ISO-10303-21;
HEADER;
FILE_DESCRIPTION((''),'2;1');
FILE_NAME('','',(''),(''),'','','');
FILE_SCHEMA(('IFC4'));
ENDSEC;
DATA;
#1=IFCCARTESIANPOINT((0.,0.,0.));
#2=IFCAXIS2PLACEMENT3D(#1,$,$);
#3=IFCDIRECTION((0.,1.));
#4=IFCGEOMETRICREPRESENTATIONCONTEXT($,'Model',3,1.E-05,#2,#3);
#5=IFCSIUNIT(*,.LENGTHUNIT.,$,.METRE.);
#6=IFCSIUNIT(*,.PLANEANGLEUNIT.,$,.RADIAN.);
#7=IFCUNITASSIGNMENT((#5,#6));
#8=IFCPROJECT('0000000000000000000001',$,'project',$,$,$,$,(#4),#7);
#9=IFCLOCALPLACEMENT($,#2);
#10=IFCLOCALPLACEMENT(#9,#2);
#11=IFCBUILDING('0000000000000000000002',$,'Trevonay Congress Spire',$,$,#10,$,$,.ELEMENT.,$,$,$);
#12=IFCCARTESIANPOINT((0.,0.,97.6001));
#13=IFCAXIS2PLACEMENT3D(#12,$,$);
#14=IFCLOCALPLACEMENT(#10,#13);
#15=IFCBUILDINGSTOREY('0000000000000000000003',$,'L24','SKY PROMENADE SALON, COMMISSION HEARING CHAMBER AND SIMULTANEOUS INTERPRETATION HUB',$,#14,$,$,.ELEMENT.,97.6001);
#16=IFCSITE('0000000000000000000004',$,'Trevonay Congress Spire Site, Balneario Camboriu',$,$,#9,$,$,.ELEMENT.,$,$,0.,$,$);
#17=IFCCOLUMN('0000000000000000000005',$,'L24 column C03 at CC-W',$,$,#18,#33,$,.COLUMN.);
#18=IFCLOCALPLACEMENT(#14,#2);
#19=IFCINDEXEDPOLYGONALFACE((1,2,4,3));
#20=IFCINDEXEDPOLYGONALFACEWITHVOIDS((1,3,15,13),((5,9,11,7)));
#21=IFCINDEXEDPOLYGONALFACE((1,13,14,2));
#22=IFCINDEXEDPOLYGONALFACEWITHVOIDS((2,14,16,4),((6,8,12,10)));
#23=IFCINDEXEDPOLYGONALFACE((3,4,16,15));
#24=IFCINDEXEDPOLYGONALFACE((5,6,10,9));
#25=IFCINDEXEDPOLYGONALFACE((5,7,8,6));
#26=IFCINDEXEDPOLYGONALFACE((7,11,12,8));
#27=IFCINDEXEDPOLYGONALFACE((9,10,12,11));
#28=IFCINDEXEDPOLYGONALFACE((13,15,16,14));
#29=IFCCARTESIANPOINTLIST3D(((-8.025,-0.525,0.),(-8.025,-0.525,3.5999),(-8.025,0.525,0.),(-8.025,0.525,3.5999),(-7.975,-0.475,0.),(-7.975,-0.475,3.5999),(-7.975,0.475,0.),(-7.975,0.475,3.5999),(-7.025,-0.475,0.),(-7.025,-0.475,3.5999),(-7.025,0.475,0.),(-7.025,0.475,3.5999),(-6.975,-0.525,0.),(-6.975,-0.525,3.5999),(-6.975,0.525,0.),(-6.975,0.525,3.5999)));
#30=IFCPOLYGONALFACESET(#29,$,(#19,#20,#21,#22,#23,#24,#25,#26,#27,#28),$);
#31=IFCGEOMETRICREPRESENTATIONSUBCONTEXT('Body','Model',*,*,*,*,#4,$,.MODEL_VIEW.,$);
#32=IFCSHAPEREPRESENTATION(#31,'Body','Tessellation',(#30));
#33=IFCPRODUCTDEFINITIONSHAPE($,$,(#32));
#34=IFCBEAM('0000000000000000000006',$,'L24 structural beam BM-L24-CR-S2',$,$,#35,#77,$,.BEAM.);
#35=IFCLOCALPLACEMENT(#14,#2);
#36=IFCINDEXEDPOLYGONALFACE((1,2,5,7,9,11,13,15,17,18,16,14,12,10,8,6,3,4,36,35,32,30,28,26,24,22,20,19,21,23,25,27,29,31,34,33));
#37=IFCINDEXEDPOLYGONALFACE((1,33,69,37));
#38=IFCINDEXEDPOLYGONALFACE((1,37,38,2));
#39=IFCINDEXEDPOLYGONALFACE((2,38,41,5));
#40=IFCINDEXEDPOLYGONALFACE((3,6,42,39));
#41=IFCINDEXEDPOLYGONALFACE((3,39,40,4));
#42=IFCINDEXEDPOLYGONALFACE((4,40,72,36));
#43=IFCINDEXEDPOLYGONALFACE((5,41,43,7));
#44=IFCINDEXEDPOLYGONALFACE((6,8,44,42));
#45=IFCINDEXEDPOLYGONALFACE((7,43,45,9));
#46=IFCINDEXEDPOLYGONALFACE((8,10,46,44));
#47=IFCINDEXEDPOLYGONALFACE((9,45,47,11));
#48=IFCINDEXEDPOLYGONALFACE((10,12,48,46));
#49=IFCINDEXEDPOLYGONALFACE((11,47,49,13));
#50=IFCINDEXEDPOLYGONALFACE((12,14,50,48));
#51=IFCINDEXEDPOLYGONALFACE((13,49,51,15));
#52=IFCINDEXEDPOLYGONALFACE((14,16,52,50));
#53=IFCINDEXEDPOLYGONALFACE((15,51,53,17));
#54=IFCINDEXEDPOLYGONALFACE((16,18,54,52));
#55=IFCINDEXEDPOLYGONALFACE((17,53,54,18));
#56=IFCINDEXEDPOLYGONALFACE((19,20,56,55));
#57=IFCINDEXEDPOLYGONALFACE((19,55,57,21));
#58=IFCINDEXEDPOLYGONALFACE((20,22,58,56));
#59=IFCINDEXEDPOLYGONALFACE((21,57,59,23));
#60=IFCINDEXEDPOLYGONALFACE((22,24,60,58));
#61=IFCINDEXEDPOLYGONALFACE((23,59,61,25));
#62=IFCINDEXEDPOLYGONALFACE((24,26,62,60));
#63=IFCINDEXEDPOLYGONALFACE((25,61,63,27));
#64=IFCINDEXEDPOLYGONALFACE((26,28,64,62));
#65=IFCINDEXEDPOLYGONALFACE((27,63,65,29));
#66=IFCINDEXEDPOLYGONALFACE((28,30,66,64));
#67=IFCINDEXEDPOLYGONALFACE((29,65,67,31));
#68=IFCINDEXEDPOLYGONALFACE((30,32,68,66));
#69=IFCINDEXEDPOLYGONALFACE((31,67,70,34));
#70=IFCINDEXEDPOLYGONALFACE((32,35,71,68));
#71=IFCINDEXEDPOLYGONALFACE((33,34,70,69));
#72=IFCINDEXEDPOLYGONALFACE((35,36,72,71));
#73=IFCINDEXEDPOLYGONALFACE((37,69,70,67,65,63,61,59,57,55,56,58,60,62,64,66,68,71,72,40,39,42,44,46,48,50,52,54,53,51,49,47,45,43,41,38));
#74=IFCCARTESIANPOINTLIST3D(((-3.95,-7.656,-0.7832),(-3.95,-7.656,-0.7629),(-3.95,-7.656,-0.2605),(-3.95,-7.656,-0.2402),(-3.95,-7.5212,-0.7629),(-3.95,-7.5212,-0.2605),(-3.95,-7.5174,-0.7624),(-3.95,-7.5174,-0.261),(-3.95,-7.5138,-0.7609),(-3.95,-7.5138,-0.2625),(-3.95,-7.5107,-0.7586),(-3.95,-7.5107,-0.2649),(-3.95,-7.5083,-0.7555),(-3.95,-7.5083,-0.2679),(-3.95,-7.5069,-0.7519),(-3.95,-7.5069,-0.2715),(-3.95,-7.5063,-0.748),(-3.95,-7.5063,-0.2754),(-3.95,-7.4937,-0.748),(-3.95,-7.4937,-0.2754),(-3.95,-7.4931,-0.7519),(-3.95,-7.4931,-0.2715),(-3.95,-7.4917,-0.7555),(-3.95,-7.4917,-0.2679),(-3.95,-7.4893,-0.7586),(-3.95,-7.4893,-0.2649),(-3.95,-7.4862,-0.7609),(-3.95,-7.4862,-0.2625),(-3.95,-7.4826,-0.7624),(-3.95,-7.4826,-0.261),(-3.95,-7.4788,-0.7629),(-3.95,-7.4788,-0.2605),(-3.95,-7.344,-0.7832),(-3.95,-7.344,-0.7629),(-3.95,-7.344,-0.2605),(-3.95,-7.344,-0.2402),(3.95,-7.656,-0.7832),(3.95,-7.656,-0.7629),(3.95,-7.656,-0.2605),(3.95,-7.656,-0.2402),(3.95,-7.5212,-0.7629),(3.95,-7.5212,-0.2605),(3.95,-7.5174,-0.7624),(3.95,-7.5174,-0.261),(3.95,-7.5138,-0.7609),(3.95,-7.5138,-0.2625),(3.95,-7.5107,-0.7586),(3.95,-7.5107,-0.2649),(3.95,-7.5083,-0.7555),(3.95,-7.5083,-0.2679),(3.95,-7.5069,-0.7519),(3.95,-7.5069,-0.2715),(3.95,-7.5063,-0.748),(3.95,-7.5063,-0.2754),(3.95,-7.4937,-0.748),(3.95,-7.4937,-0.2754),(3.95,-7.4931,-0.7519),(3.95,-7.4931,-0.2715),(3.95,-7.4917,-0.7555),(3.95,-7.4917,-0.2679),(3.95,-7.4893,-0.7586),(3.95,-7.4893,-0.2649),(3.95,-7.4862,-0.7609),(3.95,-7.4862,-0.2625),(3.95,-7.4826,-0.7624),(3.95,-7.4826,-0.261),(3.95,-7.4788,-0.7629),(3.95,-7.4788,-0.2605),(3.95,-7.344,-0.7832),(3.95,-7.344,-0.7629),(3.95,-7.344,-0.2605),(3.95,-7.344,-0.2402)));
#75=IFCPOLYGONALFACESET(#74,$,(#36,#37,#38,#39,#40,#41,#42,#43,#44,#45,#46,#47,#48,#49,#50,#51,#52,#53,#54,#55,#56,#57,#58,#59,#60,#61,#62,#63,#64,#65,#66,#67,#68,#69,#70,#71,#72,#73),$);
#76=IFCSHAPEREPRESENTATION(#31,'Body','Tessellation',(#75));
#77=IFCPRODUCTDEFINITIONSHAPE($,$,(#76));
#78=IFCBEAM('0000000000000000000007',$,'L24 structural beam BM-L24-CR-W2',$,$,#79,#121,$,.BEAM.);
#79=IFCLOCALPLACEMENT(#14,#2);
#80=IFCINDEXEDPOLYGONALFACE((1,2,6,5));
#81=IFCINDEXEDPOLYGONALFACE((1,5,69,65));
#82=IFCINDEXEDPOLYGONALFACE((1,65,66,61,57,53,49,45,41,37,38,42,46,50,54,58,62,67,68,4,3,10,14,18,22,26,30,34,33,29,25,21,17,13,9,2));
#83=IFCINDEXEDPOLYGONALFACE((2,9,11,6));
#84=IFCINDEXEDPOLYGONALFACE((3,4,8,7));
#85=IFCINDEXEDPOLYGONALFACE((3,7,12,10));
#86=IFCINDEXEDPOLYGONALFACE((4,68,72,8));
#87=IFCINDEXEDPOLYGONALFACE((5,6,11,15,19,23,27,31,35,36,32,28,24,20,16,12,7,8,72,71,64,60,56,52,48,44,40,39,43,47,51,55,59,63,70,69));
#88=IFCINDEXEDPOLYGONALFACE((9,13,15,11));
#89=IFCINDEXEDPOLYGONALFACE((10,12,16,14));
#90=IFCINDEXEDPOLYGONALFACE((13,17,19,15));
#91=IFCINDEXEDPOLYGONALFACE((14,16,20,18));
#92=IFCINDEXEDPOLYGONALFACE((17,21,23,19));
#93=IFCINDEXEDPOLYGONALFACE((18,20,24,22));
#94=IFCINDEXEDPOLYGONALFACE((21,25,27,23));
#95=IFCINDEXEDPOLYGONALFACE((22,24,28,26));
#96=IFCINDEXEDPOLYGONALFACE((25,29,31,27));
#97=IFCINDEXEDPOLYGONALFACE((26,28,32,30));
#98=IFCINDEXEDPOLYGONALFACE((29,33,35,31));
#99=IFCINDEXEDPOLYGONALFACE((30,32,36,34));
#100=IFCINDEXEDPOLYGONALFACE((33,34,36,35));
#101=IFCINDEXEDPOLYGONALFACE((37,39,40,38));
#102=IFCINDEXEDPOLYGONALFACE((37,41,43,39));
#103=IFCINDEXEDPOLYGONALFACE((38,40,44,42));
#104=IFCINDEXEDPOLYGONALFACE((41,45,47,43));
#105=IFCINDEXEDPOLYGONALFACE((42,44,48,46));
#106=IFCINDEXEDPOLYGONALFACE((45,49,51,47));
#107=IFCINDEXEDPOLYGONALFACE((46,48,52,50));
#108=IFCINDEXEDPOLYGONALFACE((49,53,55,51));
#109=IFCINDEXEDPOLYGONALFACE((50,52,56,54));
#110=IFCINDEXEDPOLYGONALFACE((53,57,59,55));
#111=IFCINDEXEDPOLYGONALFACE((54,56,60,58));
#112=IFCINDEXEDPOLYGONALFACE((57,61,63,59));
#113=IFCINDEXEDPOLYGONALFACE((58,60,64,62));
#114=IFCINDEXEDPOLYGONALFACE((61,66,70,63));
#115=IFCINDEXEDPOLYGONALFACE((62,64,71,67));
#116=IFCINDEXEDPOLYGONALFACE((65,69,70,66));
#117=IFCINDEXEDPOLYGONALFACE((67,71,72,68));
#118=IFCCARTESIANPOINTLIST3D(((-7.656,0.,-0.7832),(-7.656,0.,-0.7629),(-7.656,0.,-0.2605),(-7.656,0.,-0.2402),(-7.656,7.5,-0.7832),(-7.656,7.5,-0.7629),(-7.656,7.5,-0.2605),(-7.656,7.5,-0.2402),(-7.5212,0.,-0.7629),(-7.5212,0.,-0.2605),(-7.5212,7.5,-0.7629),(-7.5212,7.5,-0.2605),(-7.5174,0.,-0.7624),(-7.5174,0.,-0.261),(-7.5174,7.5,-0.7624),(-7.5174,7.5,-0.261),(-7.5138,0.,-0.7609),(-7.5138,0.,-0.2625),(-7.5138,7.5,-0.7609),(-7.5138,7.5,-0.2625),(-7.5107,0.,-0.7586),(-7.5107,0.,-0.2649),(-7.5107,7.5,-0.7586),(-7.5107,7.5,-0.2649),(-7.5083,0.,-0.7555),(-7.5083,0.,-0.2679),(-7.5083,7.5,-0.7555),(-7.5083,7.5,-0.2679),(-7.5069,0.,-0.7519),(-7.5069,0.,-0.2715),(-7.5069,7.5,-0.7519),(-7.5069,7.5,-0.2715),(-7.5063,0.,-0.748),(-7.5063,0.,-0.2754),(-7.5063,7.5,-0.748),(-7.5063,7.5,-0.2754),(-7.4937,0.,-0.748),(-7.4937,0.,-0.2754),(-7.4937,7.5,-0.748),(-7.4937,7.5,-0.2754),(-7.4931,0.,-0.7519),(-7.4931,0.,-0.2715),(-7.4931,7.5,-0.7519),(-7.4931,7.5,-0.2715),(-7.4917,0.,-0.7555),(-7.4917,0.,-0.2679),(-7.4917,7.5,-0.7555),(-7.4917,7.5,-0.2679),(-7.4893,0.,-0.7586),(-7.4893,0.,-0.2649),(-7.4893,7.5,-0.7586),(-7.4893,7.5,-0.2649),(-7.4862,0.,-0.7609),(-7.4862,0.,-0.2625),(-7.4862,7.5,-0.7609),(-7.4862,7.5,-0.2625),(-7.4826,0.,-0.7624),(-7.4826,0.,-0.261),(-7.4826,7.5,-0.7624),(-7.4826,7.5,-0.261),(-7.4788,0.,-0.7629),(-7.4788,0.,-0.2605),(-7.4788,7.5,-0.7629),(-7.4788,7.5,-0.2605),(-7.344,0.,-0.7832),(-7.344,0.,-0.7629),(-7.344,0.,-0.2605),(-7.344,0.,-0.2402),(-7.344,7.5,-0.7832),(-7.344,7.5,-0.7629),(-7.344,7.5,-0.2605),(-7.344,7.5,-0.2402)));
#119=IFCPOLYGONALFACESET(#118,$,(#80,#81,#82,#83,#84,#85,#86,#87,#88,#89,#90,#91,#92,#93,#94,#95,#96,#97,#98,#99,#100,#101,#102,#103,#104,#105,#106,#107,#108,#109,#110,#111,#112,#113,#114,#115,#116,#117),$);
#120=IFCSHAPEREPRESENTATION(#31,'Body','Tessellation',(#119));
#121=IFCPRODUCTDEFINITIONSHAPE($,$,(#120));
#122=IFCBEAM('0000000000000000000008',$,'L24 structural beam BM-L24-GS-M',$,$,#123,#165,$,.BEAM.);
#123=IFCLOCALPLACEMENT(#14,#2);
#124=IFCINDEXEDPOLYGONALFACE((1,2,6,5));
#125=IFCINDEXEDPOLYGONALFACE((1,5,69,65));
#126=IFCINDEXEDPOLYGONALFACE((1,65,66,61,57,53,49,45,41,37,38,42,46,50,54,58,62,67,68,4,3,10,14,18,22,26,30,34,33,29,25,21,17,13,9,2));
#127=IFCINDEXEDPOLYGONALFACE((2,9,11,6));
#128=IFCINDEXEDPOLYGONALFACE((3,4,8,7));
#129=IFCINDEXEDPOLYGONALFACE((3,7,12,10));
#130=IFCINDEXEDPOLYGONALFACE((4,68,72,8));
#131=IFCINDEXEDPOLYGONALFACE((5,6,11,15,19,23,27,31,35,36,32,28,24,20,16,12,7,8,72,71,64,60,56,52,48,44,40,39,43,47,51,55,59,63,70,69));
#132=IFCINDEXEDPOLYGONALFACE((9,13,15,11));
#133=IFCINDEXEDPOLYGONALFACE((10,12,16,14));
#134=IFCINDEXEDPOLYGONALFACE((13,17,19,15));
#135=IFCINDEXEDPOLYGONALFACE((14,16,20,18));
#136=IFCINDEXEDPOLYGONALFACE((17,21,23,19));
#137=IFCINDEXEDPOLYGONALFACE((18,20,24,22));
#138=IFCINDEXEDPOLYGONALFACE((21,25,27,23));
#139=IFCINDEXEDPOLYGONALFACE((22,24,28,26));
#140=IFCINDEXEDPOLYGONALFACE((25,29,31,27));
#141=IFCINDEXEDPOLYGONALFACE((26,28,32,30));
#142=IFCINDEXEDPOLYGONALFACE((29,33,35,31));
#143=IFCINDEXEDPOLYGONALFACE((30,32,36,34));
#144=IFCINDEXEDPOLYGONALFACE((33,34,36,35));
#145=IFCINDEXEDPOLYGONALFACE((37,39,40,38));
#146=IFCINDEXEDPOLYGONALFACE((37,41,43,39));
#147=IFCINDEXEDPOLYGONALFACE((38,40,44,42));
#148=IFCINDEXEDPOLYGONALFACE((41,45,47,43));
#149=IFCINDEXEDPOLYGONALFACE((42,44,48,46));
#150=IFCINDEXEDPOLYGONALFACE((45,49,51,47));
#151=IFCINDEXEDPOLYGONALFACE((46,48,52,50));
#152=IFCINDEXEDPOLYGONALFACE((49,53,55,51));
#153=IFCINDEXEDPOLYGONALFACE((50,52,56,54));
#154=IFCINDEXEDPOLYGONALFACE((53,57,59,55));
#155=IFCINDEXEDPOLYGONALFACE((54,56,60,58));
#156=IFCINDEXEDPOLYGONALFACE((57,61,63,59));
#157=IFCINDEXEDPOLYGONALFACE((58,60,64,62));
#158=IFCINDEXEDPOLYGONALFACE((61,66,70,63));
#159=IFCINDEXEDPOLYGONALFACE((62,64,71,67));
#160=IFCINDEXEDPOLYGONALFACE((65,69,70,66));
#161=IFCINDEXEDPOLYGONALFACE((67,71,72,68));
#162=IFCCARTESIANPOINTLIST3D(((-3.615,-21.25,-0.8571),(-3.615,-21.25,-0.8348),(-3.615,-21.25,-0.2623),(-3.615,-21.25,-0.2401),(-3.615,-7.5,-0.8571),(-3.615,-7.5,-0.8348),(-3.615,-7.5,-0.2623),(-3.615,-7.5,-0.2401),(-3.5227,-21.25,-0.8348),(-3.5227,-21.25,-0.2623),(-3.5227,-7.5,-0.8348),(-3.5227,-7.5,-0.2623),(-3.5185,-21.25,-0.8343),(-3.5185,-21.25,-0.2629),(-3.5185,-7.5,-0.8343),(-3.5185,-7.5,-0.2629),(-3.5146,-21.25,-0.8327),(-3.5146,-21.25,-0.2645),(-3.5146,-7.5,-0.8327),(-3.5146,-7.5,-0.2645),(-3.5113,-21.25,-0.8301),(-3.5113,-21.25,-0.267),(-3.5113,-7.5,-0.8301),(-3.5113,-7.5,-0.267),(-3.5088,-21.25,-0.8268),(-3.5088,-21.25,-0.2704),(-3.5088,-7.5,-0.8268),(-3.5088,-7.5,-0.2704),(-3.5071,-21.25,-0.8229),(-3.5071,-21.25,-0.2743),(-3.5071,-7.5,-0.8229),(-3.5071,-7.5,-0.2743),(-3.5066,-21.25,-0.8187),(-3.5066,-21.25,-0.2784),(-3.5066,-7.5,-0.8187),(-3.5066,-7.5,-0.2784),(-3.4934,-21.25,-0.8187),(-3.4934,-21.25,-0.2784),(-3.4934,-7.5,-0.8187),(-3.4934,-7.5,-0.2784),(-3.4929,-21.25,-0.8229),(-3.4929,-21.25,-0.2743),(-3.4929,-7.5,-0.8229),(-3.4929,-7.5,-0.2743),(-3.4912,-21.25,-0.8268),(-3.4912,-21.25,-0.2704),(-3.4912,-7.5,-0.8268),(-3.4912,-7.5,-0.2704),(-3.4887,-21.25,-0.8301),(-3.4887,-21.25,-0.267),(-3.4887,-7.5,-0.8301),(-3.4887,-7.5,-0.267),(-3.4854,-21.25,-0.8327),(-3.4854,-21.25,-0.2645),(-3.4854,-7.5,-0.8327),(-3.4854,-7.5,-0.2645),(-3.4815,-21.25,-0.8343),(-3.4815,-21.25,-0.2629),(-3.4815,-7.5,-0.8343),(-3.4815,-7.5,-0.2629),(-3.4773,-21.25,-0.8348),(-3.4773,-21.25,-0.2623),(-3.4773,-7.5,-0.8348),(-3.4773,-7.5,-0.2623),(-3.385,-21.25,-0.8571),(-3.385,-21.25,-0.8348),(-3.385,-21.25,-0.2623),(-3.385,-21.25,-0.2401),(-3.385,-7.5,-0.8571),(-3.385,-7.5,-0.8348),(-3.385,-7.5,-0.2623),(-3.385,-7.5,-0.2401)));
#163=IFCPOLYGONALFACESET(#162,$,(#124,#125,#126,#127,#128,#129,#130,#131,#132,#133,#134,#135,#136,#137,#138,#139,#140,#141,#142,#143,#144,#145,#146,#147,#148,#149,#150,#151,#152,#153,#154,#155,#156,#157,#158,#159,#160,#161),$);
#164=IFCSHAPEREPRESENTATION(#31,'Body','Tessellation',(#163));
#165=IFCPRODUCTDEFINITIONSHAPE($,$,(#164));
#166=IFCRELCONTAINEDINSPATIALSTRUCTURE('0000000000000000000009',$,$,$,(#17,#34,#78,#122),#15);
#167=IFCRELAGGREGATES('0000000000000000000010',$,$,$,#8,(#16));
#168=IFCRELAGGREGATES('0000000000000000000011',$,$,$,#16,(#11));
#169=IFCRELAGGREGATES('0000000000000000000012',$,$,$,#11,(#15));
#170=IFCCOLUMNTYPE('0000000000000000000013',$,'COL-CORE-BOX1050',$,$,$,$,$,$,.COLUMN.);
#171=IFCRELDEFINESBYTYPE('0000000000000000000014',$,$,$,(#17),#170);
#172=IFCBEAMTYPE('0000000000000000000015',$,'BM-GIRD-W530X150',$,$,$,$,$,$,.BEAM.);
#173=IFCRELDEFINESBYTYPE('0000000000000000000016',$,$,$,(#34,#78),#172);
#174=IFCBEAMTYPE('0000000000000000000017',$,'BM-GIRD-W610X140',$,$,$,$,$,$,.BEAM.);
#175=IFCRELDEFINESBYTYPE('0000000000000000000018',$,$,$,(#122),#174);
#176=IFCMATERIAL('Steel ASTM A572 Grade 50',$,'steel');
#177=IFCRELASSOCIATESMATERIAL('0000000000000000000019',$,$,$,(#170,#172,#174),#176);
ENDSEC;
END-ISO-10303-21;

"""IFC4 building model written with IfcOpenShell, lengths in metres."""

from ifc_helpers import new_model, si_unit, direction, frame, origin, origin_2d, place, context, subcontext, project, spatial, hollow_rectangle, i_section, extrude, material, material_profile, profile_set, type_object, element, save


model = new_model("IFC4")

# Units and contexts
model_context = context("Model", 3, precision=1e-05, world=origin(), true_north=direction((0.0, 1.0)))
body_context = subcontext(model_context, "Body", "Model", "MODEL_VIEW")
ifc_project = project(units=[si_unit("LENGTHUNIT", "METRE"), si_unit("PLANEANGLEUNIT", "RADIAN")], contexts=[model_context])

# Site, building, storey
site_placement = place(None, origin())
site = spatial("IfcSite", under=ifc_project, at=site_placement, Name="Trevonay Congress Spire Site, Balneario Camboriu", CompositionType="ELEMENT", RefElevation=0.0)
building_placement = place(site_placement, origin())
building = spatial("IfcBuilding", under=site, at=building_placement, Name="Trevonay Congress Spire", CompositionType="ELEMENT")
storey_placement = place(building_placement, frame((0.0, 0.0, 97.6001)))
storey = spatial("IfcBuildingStorey", under=building, at=storey_placement, Name="L24", Description="SKY PROMENADE SALON, COMMISSION HEARING CHAMBER AND SIMULTANEOUS INTERPRETATION HUB", CompositionType="ELEMENT", Elevation=97.6001)

# Column
ifc_material_1 = material(Name="Steel ASTM A572 Grade 50", Category="steel")
ifc_material_profile_1 = material_profile(ifc_material_1, hollow_rectangle(XDim=1.05, YDim=1.05, WallThickness=0.05, at=origin_2d()), Name="BOX 1050x1050x50")
ifc_profile_set_1 = profile_set([ifc_material_profile_1], Name="Steel ASTM A572 Grade 50")
column_type = type_object("IfcColumnType", Name="COL-CORE-BOX1050", PredefinedType="COLUMN", material=ifc_profile_set_1)
column_placement = place(storey_placement, frame((-7.5, 0.0, 0.0), z_axis=(0.0, 0.0, 1.0), x_axis=(1.0, 0.0, 0.0)))
element("IfcColumn", 1, at=column_placement, inside=storey, type_object=column_type, Name="L24 column C03 at CC-W", PredefinedType="COLUMN", context=body_context, shape_type="SweptSolid", body=[
    extrude(hollow_rectangle(XDim=1.05, YDim=1.05, WallThickness=0.05, at=origin_2d()), origin(), (0.0, 0.0, 1.0), 3.5999),
])

# Beams
ifc_material_profile_2 = material_profile(ifc_material_1, i_section(OverallWidth=0.312, OverallDepth=0.543, WebThickness=0.0127, FlangeThickness=0.0203, FilletRadius=0.0149, at=origin_2d()), Name="W530x150")
ifc_profile_set_2 = profile_set([ifc_material_profile_2], Name="Steel ASTM A572 Grade 50")
beam_type_1 = type_object("IfcBeamType", Name="BM-GIRD-W530X150", PredefinedType="BEAM", material=ifc_profile_set_2)
beam_1_placement = place(storey_placement, frame((-3.95, -7.5, -0.5117), z_axis=(1.0, 0.0, 0.0), x_axis=(0.0, 1.0, 0.0)))
element("IfcBeam", 2, at=beam_1_placement, inside=storey, type_object=beam_type_1, Name="L24 structural beam BM-L24-CR-S2", PredefinedType="BEAM", context=body_context, shape_type="SweptSolid", body=[
    extrude(i_section(OverallWidth=0.312, OverallDepth=0.543, WebThickness=0.0127, FlangeThickness=0.0203, FilletRadius=0.0149, at=origin_2d()), origin(), (0.0, 0.0, 1.0), 7.8999),
])
beam_2_placement = place(storey_placement, frame((-7.5, 0.0, -0.5117), z_axis=(0.0, 1.0, 0.0), x_axis=(-1.0, 0.0, 0.0)))
element("IfcBeam", 3, at=beam_2_placement, inside=storey, type_object=beam_type_1, Name="L24 structural beam BM-L24-CR-W2", PredefinedType="BEAM", context=body_context, shape_type="SweptSolid", body=[
    extrude(i_section(OverallWidth=0.312, OverallDepth=0.543, WebThickness=0.0127, FlangeThickness=0.0203, FilletRadius=0.0149, at=origin_2d()), origin(), (0.0, 0.0, 1.0), 7.5),
])
ifc_material_profile_3 = material_profile(ifc_material_1, i_section(OverallWidth=0.23, OverallDepth=0.6169, WebThickness=0.0132, FlangeThickness=0.0222, FilletRadius=0.0161, at=origin_2d()), Name="W610x140")
ifc_profile_set_3 = profile_set([ifc_material_profile_3], Name="Steel ASTM A572 Grade 50")
beam_type_2 = type_object("IfcBeamType", Name="BM-GIRD-W610X140", PredefinedType="BEAM", material=ifc_profile_set_3)
for number, where, z_axis, x_axis, name in (
    (4, (-3.5, -7.5, -0.5486), (0.0, -1.0, 0.0), (1.0, 0.0, 0.0), "L24 structural beam BM-L24-GS-M"),
):
    element("IfcBeam", number, at=place(storey_placement, frame(where, z_axis=z_axis, x_axis=x_axis)), inside=storey, type_object=beam_type_2, Name=name, PredefinedType="BEAM", context=body_context, shape_type="SweptSolid", body=[
        extrude(i_section(OverallWidth=0.23, OverallDepth=0.6169, WebThickness=0.0132, FlangeThickness=0.0222, FilletRadius=0.0161, at=origin_2d()), origin(), (0.0, 0.0, 1.0), 13.75),
    ])

save(model, "model.ifc")
